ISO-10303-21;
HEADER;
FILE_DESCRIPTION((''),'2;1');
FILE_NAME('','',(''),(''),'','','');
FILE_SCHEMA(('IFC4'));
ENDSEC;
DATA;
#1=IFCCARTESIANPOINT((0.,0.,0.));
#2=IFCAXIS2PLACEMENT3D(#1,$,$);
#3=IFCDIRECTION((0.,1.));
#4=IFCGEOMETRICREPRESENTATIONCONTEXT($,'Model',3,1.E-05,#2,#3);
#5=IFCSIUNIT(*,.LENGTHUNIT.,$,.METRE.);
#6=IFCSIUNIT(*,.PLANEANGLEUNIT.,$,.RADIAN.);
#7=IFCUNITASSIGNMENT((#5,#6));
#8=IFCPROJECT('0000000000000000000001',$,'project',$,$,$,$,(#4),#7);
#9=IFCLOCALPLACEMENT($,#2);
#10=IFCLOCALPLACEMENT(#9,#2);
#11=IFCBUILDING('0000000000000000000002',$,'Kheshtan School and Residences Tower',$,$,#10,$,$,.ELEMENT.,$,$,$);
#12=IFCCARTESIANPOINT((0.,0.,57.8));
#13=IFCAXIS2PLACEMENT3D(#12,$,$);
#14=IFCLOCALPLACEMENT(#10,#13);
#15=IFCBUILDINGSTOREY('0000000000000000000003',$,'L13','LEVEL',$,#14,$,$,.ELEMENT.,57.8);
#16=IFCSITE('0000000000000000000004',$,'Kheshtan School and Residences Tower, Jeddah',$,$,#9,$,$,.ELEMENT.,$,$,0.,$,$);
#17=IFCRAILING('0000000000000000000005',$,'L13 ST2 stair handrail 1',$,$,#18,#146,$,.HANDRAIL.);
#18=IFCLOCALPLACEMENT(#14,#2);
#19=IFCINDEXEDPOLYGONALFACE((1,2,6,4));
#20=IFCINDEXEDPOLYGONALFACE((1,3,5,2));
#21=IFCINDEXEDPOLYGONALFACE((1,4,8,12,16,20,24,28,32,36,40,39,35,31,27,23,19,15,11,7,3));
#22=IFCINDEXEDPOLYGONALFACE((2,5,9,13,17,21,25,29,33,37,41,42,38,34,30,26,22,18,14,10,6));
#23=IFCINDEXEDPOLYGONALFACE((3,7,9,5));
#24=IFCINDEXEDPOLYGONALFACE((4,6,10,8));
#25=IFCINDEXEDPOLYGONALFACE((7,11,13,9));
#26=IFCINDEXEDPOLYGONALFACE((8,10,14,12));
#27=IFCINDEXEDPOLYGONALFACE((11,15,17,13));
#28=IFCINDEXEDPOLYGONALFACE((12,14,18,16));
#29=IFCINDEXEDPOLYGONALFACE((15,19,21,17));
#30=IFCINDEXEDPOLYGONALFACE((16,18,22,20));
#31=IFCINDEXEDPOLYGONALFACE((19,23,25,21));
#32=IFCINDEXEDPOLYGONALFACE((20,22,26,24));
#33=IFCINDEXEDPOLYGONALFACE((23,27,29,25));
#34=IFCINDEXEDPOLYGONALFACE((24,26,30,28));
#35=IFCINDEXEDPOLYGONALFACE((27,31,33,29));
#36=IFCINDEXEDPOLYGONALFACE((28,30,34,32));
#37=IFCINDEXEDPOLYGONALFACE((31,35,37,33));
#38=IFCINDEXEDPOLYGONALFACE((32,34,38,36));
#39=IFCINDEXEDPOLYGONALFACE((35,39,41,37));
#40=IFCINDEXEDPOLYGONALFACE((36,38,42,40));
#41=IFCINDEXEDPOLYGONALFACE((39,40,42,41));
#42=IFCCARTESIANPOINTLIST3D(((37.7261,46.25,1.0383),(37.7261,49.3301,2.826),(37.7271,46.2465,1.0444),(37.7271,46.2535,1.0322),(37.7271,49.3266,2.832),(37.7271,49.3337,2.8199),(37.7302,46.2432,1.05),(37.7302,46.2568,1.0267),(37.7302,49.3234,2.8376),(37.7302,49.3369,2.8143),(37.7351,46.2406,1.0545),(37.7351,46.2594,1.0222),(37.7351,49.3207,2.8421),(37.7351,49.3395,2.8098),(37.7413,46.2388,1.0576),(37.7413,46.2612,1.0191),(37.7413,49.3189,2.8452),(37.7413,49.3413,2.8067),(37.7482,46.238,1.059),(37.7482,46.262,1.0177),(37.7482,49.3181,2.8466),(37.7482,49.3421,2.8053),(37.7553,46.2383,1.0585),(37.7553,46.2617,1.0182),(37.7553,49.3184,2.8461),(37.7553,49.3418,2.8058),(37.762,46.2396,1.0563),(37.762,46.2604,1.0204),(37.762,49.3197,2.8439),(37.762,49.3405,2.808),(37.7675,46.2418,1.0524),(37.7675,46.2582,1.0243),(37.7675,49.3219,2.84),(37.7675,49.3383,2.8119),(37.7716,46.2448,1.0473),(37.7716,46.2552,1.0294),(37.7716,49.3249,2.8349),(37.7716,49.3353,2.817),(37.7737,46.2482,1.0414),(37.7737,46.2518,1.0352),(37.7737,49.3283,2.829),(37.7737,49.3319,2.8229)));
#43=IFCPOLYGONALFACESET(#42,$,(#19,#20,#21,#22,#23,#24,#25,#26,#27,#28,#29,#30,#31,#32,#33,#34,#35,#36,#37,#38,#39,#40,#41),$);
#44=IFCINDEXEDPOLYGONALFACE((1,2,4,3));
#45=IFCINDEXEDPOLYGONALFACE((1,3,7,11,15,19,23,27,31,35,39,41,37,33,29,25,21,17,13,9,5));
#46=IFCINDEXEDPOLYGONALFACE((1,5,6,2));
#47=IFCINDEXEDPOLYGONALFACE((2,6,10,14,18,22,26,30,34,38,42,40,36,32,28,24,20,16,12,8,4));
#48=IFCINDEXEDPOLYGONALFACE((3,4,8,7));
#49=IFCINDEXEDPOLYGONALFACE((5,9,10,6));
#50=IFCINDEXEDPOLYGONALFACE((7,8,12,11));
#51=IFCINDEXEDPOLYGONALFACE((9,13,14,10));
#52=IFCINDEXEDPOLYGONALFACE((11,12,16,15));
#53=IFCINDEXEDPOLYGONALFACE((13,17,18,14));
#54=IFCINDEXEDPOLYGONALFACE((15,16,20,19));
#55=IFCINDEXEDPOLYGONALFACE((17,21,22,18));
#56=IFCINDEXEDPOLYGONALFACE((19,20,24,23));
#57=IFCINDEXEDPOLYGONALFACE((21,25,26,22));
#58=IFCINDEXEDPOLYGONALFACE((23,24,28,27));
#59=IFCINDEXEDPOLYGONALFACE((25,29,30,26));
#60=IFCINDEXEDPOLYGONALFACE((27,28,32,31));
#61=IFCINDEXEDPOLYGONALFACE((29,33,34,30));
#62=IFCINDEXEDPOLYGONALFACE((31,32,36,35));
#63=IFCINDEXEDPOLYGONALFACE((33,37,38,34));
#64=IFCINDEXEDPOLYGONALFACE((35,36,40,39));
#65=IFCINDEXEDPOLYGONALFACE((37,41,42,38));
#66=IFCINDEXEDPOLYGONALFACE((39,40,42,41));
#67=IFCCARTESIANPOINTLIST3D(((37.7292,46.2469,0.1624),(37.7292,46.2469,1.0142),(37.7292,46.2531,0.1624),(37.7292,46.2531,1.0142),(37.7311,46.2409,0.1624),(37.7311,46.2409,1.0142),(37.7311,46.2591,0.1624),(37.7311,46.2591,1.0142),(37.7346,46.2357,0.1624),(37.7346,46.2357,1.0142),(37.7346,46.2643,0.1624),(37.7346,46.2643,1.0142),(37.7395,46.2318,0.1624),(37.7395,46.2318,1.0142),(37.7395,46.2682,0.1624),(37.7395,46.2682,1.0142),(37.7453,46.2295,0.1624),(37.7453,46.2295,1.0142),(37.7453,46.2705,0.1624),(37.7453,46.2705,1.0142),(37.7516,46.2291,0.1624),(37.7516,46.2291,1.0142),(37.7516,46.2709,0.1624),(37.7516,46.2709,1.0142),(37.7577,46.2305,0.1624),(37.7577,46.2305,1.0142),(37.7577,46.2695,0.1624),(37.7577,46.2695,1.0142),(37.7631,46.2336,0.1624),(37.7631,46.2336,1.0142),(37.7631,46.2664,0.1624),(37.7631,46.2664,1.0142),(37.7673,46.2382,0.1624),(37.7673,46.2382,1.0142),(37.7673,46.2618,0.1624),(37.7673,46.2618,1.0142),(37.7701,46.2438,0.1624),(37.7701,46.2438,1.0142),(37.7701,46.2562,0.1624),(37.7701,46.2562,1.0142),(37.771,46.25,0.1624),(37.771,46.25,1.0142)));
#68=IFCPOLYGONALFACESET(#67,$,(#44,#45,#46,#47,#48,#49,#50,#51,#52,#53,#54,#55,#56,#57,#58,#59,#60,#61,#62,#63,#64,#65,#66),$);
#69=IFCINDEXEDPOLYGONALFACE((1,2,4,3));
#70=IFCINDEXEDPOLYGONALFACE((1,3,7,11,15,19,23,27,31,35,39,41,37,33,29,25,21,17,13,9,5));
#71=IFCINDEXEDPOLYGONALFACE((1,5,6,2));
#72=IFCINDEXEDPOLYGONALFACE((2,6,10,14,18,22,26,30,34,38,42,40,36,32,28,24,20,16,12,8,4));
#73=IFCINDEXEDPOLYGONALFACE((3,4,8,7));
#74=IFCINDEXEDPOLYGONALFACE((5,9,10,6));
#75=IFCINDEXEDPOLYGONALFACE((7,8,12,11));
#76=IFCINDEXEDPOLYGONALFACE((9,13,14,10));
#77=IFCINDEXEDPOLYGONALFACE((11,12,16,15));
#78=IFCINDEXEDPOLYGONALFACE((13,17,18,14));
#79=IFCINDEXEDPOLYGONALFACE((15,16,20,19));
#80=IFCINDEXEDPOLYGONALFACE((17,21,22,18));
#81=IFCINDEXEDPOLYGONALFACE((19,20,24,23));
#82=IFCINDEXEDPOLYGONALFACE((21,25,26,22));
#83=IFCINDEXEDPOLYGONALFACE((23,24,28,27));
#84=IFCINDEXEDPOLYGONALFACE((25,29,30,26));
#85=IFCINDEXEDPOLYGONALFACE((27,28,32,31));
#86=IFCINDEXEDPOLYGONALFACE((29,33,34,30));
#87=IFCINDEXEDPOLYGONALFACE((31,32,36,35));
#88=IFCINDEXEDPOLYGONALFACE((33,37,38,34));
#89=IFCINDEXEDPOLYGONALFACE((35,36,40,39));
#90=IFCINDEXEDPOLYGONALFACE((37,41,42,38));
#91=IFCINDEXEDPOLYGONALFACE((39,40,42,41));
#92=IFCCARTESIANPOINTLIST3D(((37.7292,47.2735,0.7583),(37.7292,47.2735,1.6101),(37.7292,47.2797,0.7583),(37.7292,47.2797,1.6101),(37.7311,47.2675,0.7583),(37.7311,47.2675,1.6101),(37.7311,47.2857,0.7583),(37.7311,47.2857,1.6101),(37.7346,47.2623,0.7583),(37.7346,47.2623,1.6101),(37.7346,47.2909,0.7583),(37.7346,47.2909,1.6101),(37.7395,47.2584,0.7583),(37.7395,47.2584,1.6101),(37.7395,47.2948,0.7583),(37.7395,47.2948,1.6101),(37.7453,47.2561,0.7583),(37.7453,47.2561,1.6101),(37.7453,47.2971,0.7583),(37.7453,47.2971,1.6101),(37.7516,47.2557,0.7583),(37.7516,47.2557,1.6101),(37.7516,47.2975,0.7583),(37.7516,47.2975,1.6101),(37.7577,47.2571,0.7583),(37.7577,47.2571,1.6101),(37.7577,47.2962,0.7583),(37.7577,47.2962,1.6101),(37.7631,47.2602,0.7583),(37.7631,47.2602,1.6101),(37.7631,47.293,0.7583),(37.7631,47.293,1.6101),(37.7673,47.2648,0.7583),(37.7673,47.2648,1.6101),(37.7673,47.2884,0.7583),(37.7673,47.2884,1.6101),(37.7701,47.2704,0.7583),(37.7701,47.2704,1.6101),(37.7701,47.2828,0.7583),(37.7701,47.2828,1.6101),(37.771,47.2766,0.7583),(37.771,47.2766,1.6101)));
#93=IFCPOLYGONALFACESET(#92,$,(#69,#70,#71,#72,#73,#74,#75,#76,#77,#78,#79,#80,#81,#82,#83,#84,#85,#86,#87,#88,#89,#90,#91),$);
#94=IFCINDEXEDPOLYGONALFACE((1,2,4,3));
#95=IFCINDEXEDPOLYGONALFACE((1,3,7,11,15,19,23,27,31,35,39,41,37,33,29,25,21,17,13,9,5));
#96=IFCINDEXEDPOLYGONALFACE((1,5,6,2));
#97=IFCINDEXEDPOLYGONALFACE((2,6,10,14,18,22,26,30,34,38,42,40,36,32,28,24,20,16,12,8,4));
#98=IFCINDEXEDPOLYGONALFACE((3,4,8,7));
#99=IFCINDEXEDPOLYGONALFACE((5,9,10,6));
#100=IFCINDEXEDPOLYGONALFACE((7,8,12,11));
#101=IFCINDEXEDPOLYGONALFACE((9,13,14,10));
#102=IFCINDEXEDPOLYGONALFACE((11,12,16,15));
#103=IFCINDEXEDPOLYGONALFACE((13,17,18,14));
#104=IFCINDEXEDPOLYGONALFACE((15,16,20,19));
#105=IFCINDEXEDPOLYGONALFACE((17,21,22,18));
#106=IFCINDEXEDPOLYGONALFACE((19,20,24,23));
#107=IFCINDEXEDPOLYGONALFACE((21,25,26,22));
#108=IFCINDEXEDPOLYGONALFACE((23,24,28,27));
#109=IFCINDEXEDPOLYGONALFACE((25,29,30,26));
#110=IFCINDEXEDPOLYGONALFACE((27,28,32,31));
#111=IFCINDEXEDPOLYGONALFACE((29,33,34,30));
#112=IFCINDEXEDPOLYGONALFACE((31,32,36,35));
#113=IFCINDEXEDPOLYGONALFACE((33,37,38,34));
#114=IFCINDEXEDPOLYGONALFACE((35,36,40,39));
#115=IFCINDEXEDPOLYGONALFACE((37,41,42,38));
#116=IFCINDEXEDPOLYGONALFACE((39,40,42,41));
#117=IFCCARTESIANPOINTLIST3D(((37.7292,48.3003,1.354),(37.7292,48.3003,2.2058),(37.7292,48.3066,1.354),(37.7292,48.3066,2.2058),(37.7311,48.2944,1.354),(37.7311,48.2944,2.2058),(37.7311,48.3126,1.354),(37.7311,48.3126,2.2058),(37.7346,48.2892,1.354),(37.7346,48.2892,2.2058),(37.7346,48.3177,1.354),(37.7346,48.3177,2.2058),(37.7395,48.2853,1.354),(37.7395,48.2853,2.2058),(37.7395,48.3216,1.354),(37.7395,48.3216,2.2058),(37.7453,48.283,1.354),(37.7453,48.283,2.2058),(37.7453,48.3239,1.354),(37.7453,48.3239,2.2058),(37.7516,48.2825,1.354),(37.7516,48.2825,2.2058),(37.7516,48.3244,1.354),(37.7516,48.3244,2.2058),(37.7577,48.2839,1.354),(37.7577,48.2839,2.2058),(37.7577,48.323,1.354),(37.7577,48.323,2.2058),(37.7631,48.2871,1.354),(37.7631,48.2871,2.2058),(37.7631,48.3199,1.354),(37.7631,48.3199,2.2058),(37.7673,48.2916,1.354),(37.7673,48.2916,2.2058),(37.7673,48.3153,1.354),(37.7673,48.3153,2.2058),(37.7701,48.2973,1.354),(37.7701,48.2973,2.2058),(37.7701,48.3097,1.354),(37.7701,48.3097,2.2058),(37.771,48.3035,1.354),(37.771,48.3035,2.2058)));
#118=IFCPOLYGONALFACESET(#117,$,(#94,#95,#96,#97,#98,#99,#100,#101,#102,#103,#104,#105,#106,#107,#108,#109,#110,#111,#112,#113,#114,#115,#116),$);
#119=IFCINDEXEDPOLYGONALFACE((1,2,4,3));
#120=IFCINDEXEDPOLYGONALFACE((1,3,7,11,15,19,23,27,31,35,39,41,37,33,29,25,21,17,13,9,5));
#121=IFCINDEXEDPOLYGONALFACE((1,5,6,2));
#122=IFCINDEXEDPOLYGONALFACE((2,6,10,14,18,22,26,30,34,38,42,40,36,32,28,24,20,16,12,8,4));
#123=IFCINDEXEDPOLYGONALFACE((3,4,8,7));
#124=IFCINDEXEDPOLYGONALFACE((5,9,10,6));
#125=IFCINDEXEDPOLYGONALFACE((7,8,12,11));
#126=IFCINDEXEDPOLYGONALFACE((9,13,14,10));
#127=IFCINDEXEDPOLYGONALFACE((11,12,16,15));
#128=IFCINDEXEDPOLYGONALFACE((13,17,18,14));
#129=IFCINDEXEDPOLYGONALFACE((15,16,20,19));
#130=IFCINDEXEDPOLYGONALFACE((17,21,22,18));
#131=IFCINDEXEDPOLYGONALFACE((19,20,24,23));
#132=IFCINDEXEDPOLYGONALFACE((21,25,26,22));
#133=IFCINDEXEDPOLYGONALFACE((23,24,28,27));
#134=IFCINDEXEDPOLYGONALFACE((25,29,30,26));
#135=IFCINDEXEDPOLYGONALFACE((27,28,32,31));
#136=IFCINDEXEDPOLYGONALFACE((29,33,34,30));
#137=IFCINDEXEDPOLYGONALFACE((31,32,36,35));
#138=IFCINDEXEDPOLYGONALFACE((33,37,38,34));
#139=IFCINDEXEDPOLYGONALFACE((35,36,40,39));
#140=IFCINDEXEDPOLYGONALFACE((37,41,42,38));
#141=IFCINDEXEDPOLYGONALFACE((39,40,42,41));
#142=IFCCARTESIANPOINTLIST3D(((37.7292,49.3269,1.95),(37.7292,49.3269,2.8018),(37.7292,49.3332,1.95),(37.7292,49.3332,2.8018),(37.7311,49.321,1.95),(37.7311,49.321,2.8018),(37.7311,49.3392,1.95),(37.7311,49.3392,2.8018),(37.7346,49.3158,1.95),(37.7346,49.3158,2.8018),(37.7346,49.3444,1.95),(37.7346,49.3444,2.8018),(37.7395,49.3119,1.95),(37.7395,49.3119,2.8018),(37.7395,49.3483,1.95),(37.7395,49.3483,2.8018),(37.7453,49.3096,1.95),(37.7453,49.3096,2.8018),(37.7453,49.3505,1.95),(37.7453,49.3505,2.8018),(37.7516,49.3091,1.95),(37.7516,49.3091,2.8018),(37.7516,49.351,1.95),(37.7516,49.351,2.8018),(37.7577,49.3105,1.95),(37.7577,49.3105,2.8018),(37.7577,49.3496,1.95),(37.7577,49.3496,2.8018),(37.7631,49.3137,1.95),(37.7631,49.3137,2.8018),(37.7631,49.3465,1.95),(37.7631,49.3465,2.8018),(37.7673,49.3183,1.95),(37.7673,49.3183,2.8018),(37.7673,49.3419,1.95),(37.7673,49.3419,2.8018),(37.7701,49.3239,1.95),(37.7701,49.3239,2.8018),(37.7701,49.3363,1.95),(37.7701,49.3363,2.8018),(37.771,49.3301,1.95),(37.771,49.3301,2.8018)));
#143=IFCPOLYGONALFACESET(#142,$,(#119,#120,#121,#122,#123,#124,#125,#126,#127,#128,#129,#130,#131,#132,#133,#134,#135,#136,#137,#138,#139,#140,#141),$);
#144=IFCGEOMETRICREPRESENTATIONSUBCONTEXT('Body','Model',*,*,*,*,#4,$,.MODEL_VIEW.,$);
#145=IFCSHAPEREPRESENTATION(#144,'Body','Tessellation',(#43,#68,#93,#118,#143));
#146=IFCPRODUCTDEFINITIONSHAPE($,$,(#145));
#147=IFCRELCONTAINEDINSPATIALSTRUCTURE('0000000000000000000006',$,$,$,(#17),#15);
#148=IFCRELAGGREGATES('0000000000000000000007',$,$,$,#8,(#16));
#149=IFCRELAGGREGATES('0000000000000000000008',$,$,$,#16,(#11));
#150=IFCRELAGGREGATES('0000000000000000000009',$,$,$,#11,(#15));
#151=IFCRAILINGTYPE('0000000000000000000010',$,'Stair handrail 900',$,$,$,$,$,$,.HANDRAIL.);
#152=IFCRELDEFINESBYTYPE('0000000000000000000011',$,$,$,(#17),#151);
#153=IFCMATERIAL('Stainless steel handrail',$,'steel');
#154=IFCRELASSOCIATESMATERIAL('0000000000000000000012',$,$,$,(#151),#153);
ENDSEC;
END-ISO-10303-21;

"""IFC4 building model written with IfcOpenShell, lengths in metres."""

from ifc_helpers import new_model, si_unit, direction, frame, origin, origin_2d, place, context, subcontext, project, spatial, circle, extrude, material, type_object, element, save


model = new_model("IFC4")

# Units and contexts
model_context = context("Model", 3, precision=1e-05, world=origin(), true_north=direction((0.0, 1.0)))
body_context = subcontext(model_context, "Body", "Model", "MODEL_VIEW")
ifc_project = project(units=[si_unit("LENGTHUNIT", "METRE"), si_unit("PLANEANGLEUNIT", "RADIAN")], contexts=[model_context])

# Site, building, storey
site_placement = place(None, origin())
site = spatial("IfcSite", under=ifc_project, at=site_placement, Name="Kheshtan School and Residences Tower, Jeddah", CompositionType="ELEMENT", RefElevation=0.0)
building_placement = place(site_placement, origin())
building = spatial("IfcBuilding", under=site, at=building_placement, Name="Kheshtan School and Residences Tower", CompositionType="ELEMENT")
storey_placement = place(building_placement, frame((0.0, 0.0, 57.8)))
storey = spatial("IfcBuildingStorey", under=building, at=storey_placement, Name="L13", Description="LEVEL", CompositionType="ELEMENT", Elevation=57.8)

# Railing
ifc_material_1 = material(Name="Stainless steel handrail", Category="steel")
railing_type_1 = type_object("IfcRailingType", Name="Stair handrail 900", PredefinedType="HANDRAIL", material=ifc_material_1)
railing_1_placement = place(storey_placement, frame((37.75, 46.25, 0.1624)))
element("IfcRailing", 1, at=railing_1_placement, inside=storey, type_object=railing_type_1, Name="L13 ST2 stair handrail 1", PredefinedType="HANDRAIL", context=body_context, shape_type="SweptSolid", body=[
    extrude(circle(Radius=0.0239, at=origin_2d()), frame((0.0, 0.0, 0.876), z_axis=(0.0, 0.864891, 0.50196), x_axis=(-1.0, 0.0, 0.0)), (0.0, 0.0, 1.0), 3.5613),
    extrude(circle(Radius=0.021, at=origin_2d()), origin(), (0.0, 0.0, 1.0), 0.8518),
    extrude(circle(Radius=0.021, at=origin_2d()), frame((0.0, 1.0266, 0.5959)), (0.0, 0.0, 1.0), 0.8518),
    extrude(circle(Radius=0.021, at=origin_2d()), frame((0.0, 2.0535, 1.1917)), (0.0, 0.0, 1.0), 0.8518),
    extrude(circle(Radius=0.021, at=origin_2d()), frame((0.0, 3.0801, 1.7876)), (0.0, 0.0, 1.0), 0.8518),
])

save(model, "model.ifc")
